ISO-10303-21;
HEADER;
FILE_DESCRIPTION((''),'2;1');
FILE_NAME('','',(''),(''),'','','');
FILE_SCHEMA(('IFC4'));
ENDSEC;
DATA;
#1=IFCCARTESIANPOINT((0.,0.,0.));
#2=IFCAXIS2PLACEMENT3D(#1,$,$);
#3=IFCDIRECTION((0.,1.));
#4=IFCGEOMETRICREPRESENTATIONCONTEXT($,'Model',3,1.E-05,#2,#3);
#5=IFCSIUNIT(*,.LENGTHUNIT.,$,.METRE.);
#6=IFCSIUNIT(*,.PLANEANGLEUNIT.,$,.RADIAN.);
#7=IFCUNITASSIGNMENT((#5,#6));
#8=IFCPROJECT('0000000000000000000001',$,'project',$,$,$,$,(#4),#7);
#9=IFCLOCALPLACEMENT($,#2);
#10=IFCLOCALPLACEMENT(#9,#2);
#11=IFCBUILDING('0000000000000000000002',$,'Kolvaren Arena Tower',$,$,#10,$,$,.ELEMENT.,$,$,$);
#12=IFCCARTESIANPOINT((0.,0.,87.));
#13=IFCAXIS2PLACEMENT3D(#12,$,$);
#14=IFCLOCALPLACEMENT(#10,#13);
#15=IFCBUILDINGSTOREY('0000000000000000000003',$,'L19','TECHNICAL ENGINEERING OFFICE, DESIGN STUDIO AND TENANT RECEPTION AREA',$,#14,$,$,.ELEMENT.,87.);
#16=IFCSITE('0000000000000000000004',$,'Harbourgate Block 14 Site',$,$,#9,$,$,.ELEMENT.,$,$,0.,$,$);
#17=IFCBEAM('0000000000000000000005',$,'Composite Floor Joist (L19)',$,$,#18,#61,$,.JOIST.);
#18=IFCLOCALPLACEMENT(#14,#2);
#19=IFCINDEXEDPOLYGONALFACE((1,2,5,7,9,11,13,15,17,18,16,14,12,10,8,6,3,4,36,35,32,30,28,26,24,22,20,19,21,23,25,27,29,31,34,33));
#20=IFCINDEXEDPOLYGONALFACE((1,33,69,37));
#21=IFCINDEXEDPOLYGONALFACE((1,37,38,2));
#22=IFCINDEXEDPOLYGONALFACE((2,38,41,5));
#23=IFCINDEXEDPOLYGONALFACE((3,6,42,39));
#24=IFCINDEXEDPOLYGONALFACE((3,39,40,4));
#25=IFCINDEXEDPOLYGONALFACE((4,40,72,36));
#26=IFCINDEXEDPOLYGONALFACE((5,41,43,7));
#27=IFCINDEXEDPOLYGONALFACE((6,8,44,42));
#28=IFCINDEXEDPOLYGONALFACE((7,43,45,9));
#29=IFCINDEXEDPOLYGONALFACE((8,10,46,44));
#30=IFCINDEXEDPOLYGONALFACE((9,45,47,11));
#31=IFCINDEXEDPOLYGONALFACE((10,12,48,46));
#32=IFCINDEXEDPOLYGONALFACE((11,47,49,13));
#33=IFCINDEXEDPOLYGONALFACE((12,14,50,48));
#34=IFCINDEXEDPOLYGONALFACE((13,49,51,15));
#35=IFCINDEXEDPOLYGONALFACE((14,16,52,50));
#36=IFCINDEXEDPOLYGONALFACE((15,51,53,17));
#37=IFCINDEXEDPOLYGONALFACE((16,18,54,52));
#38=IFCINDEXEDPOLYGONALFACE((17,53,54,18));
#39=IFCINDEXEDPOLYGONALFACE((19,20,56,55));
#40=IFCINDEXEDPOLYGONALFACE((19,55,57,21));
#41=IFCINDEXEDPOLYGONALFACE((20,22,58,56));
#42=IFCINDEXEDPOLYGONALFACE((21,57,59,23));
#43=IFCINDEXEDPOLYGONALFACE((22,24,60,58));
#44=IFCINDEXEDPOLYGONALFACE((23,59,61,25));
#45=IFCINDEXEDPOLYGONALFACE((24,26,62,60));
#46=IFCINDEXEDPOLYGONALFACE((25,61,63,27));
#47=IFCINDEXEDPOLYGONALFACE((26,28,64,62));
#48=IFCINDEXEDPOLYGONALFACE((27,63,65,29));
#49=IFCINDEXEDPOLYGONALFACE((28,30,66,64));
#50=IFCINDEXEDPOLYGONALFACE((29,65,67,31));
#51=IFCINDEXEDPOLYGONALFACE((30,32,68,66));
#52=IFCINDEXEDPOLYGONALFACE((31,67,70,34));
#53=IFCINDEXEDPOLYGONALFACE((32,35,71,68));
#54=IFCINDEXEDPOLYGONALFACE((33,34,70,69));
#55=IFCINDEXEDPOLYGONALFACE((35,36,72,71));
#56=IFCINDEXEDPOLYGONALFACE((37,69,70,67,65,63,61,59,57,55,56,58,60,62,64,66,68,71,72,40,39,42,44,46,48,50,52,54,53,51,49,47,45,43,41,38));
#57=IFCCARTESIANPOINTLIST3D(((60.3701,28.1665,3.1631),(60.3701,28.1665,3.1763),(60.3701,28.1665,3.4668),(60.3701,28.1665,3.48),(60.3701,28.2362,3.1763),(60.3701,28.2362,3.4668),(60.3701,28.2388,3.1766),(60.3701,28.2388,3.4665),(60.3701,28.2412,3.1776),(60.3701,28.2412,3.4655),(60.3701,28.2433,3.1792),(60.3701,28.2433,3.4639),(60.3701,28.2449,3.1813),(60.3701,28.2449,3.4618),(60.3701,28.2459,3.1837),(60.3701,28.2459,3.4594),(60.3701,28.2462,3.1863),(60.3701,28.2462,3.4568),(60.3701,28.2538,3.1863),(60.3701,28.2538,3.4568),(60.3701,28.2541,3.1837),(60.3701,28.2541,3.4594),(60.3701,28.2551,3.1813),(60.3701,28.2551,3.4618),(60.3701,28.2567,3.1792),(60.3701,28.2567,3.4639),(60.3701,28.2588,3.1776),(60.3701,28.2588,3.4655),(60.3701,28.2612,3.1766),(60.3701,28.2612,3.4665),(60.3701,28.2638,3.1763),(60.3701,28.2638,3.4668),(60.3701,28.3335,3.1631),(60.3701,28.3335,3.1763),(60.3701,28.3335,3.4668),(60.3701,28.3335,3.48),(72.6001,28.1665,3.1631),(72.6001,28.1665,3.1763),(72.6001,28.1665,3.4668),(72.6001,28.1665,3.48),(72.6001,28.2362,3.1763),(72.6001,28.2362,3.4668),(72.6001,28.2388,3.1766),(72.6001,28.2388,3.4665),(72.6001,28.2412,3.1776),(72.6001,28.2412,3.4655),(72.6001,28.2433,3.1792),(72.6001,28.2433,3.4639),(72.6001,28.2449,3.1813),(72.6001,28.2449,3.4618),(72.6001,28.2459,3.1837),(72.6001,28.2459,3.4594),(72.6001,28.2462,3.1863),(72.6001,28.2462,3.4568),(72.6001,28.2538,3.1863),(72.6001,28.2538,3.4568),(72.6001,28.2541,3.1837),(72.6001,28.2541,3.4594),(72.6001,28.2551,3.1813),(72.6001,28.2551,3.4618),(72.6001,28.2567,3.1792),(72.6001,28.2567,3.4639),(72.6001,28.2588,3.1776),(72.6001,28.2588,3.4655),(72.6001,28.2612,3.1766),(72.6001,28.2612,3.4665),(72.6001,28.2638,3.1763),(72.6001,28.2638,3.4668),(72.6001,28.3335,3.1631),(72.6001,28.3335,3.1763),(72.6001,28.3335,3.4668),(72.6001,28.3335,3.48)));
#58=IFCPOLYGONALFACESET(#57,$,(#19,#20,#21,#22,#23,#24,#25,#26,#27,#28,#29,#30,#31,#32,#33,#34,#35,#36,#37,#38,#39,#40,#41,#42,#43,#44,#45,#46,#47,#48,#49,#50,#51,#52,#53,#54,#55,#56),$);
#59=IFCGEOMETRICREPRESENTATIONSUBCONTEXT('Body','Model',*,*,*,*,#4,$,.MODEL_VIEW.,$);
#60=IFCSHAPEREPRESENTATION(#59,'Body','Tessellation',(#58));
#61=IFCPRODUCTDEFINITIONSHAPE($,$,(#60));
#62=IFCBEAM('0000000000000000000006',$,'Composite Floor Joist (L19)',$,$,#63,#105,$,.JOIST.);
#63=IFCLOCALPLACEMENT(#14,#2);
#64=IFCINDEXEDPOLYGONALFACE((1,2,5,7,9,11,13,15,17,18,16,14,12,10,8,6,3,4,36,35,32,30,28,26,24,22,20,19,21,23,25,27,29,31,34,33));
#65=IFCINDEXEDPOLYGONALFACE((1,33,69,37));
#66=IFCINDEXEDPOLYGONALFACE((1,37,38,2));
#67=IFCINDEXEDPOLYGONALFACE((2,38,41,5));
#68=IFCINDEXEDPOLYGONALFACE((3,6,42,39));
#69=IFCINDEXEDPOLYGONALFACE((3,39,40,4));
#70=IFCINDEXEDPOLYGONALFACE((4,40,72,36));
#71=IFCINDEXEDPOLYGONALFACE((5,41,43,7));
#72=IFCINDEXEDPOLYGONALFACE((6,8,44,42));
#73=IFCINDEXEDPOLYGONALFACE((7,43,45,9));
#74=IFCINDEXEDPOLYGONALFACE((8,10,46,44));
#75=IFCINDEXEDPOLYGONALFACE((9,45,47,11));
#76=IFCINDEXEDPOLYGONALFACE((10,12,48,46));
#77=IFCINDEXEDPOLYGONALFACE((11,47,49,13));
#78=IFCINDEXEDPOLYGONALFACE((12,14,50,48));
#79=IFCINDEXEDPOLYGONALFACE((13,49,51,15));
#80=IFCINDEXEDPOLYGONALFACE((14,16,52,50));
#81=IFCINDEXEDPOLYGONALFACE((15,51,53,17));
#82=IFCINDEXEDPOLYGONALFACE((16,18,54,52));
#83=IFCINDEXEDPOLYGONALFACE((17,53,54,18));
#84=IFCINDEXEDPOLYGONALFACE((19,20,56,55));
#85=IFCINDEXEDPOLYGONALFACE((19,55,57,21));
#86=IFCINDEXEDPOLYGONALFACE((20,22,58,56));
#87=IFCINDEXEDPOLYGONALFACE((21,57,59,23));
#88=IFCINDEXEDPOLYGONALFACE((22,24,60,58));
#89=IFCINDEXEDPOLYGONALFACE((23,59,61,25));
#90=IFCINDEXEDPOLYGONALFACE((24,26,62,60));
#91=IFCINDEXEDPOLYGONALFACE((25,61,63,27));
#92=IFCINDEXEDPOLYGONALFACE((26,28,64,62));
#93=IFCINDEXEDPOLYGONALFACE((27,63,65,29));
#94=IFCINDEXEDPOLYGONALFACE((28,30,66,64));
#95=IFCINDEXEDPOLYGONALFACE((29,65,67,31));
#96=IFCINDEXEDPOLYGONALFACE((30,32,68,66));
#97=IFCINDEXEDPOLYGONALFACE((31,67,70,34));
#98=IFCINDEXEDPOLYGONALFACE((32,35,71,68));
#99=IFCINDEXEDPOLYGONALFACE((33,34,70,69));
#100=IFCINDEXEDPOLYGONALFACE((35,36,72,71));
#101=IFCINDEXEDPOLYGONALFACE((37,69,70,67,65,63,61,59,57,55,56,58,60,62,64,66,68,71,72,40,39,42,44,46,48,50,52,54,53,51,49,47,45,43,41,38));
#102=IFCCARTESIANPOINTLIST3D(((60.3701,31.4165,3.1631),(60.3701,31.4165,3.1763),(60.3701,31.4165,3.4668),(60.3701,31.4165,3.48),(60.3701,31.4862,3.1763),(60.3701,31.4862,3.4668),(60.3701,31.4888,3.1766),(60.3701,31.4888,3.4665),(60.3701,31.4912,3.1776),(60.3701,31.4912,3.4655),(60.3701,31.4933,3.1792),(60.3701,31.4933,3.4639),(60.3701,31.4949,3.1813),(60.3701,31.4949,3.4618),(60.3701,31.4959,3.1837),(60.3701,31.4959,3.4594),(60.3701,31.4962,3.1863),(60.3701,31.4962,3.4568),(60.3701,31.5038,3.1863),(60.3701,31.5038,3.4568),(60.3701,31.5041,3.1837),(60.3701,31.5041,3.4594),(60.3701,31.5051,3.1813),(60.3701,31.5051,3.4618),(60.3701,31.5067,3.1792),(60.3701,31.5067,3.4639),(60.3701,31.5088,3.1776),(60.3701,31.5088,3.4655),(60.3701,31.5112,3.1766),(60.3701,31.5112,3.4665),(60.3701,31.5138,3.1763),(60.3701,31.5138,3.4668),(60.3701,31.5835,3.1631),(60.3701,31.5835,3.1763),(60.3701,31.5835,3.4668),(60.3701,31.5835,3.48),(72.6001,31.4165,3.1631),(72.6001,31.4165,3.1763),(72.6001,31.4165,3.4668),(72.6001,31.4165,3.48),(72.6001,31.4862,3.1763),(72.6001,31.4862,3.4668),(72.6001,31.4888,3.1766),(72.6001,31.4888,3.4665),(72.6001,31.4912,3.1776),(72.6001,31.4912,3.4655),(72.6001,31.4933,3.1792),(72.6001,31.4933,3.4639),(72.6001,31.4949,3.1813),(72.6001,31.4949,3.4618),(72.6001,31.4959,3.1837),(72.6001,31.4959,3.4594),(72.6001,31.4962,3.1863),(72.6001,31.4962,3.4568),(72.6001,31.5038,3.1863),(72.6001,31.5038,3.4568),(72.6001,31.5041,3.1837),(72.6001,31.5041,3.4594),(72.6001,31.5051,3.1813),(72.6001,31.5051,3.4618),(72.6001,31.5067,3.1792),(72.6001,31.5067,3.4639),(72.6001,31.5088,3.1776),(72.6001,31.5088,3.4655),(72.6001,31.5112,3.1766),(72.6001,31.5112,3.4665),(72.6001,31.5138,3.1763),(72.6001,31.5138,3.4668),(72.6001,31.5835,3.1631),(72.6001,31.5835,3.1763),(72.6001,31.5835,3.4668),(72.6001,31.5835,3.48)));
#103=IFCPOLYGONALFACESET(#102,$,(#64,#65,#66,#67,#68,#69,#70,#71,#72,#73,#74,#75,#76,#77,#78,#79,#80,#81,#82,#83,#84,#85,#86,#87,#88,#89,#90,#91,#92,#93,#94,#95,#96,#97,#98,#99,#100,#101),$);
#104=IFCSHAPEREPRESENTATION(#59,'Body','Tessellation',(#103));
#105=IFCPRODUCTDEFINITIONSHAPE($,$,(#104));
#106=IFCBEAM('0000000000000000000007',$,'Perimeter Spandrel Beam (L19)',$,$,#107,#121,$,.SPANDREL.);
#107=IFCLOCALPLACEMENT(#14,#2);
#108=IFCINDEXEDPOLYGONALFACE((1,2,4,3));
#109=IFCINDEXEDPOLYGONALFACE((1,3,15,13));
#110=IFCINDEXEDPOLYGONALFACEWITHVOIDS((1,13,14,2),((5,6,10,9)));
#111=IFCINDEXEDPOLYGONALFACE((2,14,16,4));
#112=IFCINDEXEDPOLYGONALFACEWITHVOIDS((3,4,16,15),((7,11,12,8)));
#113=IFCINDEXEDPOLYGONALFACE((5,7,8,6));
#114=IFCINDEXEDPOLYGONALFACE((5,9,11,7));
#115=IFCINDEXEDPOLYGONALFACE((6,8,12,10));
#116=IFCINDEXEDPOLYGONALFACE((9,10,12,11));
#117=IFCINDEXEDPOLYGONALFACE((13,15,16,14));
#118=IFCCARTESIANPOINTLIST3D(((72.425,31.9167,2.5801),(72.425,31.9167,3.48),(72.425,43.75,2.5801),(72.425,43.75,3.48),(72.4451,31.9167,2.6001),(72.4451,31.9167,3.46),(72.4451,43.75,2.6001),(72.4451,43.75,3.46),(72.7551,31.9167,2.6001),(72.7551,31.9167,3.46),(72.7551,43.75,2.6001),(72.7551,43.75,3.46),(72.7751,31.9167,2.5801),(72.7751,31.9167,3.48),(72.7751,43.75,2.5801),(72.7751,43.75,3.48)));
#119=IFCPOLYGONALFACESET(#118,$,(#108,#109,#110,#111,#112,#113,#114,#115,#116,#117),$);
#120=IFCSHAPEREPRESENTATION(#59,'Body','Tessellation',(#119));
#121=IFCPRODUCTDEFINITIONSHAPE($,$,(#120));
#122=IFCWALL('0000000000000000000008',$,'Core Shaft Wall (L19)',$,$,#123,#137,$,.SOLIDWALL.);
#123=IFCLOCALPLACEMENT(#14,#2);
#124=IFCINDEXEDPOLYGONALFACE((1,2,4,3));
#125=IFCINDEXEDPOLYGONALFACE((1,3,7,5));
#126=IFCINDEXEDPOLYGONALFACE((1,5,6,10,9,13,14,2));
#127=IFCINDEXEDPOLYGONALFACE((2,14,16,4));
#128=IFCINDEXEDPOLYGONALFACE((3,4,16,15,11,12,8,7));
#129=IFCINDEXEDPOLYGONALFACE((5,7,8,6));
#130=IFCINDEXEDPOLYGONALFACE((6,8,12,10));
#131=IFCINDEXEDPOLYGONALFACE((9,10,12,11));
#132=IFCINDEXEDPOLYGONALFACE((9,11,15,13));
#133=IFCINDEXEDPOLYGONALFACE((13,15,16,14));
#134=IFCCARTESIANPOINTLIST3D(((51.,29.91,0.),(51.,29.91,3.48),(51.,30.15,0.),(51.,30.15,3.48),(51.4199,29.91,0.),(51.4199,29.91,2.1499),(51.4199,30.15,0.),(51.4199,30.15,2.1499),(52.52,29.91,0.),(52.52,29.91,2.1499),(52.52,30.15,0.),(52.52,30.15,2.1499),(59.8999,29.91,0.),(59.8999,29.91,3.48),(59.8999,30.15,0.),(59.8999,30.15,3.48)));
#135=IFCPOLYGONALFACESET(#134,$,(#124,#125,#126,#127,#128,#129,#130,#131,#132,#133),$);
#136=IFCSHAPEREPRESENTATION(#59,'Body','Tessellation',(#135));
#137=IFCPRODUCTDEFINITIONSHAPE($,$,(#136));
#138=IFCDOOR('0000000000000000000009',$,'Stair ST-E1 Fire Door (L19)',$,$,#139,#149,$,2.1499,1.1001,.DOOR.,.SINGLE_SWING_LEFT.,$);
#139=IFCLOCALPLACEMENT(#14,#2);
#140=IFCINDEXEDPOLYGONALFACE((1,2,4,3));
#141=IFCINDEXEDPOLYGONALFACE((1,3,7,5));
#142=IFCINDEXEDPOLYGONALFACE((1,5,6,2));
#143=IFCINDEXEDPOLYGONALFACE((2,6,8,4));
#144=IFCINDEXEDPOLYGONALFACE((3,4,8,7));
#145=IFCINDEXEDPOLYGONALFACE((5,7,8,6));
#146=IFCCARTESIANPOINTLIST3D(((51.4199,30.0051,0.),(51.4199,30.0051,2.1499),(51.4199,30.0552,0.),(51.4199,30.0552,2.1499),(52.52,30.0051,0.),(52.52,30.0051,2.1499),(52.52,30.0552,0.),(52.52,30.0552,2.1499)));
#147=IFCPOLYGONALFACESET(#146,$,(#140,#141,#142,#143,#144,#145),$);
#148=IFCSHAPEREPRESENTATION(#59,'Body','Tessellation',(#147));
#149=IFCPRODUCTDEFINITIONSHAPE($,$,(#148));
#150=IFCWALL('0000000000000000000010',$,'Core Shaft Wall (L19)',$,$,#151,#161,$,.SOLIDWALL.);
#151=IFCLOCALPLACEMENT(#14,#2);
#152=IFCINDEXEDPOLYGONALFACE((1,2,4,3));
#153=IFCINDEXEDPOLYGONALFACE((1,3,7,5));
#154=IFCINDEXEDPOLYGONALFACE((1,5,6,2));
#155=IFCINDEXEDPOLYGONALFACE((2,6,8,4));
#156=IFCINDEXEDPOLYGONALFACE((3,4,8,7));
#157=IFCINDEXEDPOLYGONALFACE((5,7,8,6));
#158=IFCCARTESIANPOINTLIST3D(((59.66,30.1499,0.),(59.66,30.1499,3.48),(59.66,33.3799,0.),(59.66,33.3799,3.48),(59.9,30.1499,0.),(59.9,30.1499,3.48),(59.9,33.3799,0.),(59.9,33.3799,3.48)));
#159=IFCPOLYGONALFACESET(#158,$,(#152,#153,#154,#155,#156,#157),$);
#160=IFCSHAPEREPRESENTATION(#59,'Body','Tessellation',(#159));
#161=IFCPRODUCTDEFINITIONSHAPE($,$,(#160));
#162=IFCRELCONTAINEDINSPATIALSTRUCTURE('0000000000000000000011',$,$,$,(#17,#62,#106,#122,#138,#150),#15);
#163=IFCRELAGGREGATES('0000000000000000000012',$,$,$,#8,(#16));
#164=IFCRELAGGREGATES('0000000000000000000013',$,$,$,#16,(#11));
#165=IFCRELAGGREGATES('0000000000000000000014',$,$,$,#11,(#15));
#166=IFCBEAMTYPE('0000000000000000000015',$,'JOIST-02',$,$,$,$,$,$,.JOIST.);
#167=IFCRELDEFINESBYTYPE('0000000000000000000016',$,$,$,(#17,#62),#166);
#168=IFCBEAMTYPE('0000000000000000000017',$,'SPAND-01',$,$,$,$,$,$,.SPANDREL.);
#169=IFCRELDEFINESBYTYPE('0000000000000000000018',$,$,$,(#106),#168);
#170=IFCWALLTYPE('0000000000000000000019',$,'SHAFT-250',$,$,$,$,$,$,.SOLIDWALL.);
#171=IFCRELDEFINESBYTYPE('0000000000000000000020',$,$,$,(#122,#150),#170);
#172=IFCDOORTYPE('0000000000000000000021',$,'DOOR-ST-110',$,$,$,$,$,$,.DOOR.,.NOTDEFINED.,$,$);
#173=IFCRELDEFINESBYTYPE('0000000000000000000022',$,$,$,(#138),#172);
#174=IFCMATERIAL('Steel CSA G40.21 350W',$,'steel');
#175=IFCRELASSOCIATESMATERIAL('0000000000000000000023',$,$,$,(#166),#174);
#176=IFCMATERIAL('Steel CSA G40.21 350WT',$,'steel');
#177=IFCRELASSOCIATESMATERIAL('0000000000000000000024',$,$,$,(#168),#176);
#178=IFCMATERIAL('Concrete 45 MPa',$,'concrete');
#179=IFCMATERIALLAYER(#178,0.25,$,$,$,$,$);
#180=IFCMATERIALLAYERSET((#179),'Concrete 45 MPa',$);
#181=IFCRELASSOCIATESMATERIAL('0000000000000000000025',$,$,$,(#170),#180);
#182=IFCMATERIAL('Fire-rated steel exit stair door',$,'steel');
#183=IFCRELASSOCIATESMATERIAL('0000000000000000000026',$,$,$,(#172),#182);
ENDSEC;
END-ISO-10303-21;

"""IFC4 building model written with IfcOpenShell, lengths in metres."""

from ifc_helpers import new_model, si_unit, direction, frame, frame_2d, origin, origin_2d, place, context, subcontext, project, spatial, rectangle, hollow_rectangle, i_section, extrude, material, layer, layer_set, material_profile, profile_set, type_object, element, fill, save


model = new_model("IFC4")

# Units and contexts
model_context = context("Model", 3, precision=1e-05, world=origin(), true_north=direction((0.0, 1.0)))
body_context = subcontext(model_context, "Body", "Model", "MODEL_VIEW")
ifc_project = project(units=[si_unit("LENGTHUNIT", "METRE"), si_unit("PLANEANGLEUNIT", "RADIAN")], contexts=[model_context])

# Site, building, storey
site_placement = place(None, origin())
site = spatial("IfcSite", under=ifc_project, at=site_placement, Name="Harbourgate Block 14 Site", CompositionType="ELEMENT", RefElevation=0.0)
building_placement = place(site_placement, origin())
building = spatial("IfcBuilding", under=site, at=building_placement, Name="Kolvaren Arena Tower", CompositionType="ELEMENT")
storey_placement = place(building_placement, frame((0.0, 0.0, 87.0)))
storey = spatial("IfcBuildingStorey", under=building, at=storey_placement, Name="L19", Description="TECHNICAL ENGINEERING OFFICE, DESIGN STUDIO AND TENANT RECEPTION AREA", CompositionType="ELEMENT", Elevation=87.0)

# Beams
ifc_material_1 = material(Name="Steel CSA G40.21 350W", Category="steel")
ifc_material_profile_1 = material_profile(ifc_material_1, i_section(OverallWidth=0.167, OverallDepth=0.3169, WebThickness=0.0076, FlangeThickness=0.0132, FilletRadius=0.01, at=origin_2d()), Name="W310x52")
ifc_profile_set_1 = profile_set([ifc_material_profile_1], Name="Steel CSA G40.21 350W")
beam_type_1 = type_object("IfcBeamType", Name="JOIST-02", PredefinedType="JOIST", material=ifc_profile_set_1)
for number, where, z_axis, x_axis, name in (
    (1, (60.3701, 28.25, 3.3215), (1.0, 0.0, 0.0), (0.0, 1.0, 0.0), "Composite Floor Joist (L19)"),
    (2, (60.3701, 31.5, 3.3215), (1.0, 0.0, 0.0), (0.0, 1.0, 0.0), "Composite Floor Joist (L19)"),
):
    element("IfcBeam", number, at=place(storey_placement, frame(where, z_axis=z_axis, x_axis=x_axis)), inside=storey, type_object=beam_type_1, Name=name, PredefinedType="JOIST", context=body_context, shape_type="SweptSolid", body=[
        extrude(i_section(OverallWidth=0.167, OverallDepth=0.3169, WebThickness=0.0076, FlangeThickness=0.0132, FilletRadius=0.01, at=origin_2d()), origin(), (0.0, 0.0, 1.0), 12.23),
    ])
ifc_material_2 = material(Name="Steel CSA G40.21 350WT", Category="steel")
ifc_material_profile_2 = material_profile(ifc_material_2, hollow_rectangle(XDim=0.3501, YDim=0.8999, WallThickness=0.02, at=origin_2d()), Name="HSS 900x350x20")
ifc_profile_set_2 = profile_set([ifc_material_profile_2], Name="Steel CSA G40.21 350WT")
beam_type_2 = type_object("IfcBeamType", Name="SPAND-01", PredefinedType="SPANDREL", material=ifc_profile_set_2)
beam_1_placement = place(storey_placement, frame((72.6001, 31.9167, 3.03), z_axis=(0.0, 1.0, 0.0), x_axis=(-1.0, 0.0, 0.0)))
element("IfcBeam", 3, at=beam_1_placement, inside=storey, type_object=beam_type_2, Name="Perimeter Spandrel Beam (L19)", PredefinedType="SPANDREL", context=body_context, shape_type="SweptSolid", body=[
    extrude(hollow_rectangle(XDim=0.3501, YDim=0.8999, WallThickness=0.02, at=origin_2d()), origin(), (0.0, 0.0, 1.0), 11.8333),
])

# Wall, opening, door
ifc_material_3 = material(Name="Concrete 45 MPa", Category="concrete")
ifc_layer = layer(ifc_material_3, 0.25)
ifc_layer_set = layer_set([ifc_layer], Name="Concrete 45 MPa")
wall_type = type_object("IfcWallType", Name="SHAFT-250", PredefinedType="SOLIDWALL", material=ifc_layer_set)
wall_1_placement = place(storey_placement, frame((59.8999, 30.03, 0.0), z_axis=(0.0, 0.0, 1.0), x_axis=(-1.0, 0.0, 0.0)))
wall_1 = element("IfcWall", 4, at=wall_1_placement, inside=storey, type_object=wall_type, Name="Core Shaft Wall (L19)", PredefinedType="SOLIDWALL", context=body_context, shape_type="SweptSolid", body=[
    extrude(rectangle(XDim=8.8999, YDim=0.24, at=frame_2d((4.45, 0.0))), origin(), (0.0, 0.0, 1.0), 3.48),
])
opening_1_placement = place(wall_1_placement, frame((7.3799, 0.0, 0.0)))
opening_1 = element("IfcOpeningElement", 5, at=opening_1_placement, cuts=wall_1, PredefinedType="OPENING", context=body_context, shape_type="SweptSolid", body=[
    extrude(rectangle(XDim=1.1001, YDim=2.1499, at=frame_2d((0.55, 1.075))), frame((0.0, 0.1299, 0.0), z_axis=(0.0, -1.0, 0.0), x_axis=(1.0, 0.0, 0.0)), (0.0, 0.0, 1.0), 0.26),
])
ifc_material_4 = material(Name="Fire-rated steel exit stair door", Category="steel")
door_type = type_object("IfcDoorType", Name="DOOR-ST-110", OperationType="NOTDEFINED", PredefinedType="DOOR", material=ifc_material_4)
door_1_placement = place(opening_1_placement, origin())
door_1 = element("IfcDoor", 6, at=door_1_placement, inside=storey, type_object=door_type, Name="Stair ST-E1 Fire Door (L19)", OperationType="SINGLE_SWING_LEFT", OverallHeight=2.1499, OverallWidth=1.1001, PredefinedType="DOOR", context=body_context, shape_type="SweptSolid", body=[
    extrude(rectangle(XDim=1.1001, YDim=2.1499, at=frame_2d((0.55, 1.075))), frame((0.0, 0.0249, 0.0), z_axis=(0.0, -1.0, 0.0), x_axis=(1.0, 0.0, 0.0)), (0.0, 0.0, 1.0), 0.05),
])
fill(opening_1, door_1)

# Wall
wall_2_placement = place(storey_placement, frame((59.78, 30.1499, 0.0), z_axis=(0.0, 0.0, 1.0), x_axis=(0.0, 1.0, 0.0)))
element("IfcWall", 7, at=wall_2_placement, inside=storey, type_object=wall_type, Name="Core Shaft Wall (L19)", PredefinedType="SOLIDWALL", context=body_context, shape_type="SweptSolid", body=[
    extrude(rectangle(XDim=3.23, YDim=0.24, at=frame_2d((1.615, 0.0))), origin(), (0.0, 0.0, 1.0), 3.48),
])

save(model, "model.ifc")
